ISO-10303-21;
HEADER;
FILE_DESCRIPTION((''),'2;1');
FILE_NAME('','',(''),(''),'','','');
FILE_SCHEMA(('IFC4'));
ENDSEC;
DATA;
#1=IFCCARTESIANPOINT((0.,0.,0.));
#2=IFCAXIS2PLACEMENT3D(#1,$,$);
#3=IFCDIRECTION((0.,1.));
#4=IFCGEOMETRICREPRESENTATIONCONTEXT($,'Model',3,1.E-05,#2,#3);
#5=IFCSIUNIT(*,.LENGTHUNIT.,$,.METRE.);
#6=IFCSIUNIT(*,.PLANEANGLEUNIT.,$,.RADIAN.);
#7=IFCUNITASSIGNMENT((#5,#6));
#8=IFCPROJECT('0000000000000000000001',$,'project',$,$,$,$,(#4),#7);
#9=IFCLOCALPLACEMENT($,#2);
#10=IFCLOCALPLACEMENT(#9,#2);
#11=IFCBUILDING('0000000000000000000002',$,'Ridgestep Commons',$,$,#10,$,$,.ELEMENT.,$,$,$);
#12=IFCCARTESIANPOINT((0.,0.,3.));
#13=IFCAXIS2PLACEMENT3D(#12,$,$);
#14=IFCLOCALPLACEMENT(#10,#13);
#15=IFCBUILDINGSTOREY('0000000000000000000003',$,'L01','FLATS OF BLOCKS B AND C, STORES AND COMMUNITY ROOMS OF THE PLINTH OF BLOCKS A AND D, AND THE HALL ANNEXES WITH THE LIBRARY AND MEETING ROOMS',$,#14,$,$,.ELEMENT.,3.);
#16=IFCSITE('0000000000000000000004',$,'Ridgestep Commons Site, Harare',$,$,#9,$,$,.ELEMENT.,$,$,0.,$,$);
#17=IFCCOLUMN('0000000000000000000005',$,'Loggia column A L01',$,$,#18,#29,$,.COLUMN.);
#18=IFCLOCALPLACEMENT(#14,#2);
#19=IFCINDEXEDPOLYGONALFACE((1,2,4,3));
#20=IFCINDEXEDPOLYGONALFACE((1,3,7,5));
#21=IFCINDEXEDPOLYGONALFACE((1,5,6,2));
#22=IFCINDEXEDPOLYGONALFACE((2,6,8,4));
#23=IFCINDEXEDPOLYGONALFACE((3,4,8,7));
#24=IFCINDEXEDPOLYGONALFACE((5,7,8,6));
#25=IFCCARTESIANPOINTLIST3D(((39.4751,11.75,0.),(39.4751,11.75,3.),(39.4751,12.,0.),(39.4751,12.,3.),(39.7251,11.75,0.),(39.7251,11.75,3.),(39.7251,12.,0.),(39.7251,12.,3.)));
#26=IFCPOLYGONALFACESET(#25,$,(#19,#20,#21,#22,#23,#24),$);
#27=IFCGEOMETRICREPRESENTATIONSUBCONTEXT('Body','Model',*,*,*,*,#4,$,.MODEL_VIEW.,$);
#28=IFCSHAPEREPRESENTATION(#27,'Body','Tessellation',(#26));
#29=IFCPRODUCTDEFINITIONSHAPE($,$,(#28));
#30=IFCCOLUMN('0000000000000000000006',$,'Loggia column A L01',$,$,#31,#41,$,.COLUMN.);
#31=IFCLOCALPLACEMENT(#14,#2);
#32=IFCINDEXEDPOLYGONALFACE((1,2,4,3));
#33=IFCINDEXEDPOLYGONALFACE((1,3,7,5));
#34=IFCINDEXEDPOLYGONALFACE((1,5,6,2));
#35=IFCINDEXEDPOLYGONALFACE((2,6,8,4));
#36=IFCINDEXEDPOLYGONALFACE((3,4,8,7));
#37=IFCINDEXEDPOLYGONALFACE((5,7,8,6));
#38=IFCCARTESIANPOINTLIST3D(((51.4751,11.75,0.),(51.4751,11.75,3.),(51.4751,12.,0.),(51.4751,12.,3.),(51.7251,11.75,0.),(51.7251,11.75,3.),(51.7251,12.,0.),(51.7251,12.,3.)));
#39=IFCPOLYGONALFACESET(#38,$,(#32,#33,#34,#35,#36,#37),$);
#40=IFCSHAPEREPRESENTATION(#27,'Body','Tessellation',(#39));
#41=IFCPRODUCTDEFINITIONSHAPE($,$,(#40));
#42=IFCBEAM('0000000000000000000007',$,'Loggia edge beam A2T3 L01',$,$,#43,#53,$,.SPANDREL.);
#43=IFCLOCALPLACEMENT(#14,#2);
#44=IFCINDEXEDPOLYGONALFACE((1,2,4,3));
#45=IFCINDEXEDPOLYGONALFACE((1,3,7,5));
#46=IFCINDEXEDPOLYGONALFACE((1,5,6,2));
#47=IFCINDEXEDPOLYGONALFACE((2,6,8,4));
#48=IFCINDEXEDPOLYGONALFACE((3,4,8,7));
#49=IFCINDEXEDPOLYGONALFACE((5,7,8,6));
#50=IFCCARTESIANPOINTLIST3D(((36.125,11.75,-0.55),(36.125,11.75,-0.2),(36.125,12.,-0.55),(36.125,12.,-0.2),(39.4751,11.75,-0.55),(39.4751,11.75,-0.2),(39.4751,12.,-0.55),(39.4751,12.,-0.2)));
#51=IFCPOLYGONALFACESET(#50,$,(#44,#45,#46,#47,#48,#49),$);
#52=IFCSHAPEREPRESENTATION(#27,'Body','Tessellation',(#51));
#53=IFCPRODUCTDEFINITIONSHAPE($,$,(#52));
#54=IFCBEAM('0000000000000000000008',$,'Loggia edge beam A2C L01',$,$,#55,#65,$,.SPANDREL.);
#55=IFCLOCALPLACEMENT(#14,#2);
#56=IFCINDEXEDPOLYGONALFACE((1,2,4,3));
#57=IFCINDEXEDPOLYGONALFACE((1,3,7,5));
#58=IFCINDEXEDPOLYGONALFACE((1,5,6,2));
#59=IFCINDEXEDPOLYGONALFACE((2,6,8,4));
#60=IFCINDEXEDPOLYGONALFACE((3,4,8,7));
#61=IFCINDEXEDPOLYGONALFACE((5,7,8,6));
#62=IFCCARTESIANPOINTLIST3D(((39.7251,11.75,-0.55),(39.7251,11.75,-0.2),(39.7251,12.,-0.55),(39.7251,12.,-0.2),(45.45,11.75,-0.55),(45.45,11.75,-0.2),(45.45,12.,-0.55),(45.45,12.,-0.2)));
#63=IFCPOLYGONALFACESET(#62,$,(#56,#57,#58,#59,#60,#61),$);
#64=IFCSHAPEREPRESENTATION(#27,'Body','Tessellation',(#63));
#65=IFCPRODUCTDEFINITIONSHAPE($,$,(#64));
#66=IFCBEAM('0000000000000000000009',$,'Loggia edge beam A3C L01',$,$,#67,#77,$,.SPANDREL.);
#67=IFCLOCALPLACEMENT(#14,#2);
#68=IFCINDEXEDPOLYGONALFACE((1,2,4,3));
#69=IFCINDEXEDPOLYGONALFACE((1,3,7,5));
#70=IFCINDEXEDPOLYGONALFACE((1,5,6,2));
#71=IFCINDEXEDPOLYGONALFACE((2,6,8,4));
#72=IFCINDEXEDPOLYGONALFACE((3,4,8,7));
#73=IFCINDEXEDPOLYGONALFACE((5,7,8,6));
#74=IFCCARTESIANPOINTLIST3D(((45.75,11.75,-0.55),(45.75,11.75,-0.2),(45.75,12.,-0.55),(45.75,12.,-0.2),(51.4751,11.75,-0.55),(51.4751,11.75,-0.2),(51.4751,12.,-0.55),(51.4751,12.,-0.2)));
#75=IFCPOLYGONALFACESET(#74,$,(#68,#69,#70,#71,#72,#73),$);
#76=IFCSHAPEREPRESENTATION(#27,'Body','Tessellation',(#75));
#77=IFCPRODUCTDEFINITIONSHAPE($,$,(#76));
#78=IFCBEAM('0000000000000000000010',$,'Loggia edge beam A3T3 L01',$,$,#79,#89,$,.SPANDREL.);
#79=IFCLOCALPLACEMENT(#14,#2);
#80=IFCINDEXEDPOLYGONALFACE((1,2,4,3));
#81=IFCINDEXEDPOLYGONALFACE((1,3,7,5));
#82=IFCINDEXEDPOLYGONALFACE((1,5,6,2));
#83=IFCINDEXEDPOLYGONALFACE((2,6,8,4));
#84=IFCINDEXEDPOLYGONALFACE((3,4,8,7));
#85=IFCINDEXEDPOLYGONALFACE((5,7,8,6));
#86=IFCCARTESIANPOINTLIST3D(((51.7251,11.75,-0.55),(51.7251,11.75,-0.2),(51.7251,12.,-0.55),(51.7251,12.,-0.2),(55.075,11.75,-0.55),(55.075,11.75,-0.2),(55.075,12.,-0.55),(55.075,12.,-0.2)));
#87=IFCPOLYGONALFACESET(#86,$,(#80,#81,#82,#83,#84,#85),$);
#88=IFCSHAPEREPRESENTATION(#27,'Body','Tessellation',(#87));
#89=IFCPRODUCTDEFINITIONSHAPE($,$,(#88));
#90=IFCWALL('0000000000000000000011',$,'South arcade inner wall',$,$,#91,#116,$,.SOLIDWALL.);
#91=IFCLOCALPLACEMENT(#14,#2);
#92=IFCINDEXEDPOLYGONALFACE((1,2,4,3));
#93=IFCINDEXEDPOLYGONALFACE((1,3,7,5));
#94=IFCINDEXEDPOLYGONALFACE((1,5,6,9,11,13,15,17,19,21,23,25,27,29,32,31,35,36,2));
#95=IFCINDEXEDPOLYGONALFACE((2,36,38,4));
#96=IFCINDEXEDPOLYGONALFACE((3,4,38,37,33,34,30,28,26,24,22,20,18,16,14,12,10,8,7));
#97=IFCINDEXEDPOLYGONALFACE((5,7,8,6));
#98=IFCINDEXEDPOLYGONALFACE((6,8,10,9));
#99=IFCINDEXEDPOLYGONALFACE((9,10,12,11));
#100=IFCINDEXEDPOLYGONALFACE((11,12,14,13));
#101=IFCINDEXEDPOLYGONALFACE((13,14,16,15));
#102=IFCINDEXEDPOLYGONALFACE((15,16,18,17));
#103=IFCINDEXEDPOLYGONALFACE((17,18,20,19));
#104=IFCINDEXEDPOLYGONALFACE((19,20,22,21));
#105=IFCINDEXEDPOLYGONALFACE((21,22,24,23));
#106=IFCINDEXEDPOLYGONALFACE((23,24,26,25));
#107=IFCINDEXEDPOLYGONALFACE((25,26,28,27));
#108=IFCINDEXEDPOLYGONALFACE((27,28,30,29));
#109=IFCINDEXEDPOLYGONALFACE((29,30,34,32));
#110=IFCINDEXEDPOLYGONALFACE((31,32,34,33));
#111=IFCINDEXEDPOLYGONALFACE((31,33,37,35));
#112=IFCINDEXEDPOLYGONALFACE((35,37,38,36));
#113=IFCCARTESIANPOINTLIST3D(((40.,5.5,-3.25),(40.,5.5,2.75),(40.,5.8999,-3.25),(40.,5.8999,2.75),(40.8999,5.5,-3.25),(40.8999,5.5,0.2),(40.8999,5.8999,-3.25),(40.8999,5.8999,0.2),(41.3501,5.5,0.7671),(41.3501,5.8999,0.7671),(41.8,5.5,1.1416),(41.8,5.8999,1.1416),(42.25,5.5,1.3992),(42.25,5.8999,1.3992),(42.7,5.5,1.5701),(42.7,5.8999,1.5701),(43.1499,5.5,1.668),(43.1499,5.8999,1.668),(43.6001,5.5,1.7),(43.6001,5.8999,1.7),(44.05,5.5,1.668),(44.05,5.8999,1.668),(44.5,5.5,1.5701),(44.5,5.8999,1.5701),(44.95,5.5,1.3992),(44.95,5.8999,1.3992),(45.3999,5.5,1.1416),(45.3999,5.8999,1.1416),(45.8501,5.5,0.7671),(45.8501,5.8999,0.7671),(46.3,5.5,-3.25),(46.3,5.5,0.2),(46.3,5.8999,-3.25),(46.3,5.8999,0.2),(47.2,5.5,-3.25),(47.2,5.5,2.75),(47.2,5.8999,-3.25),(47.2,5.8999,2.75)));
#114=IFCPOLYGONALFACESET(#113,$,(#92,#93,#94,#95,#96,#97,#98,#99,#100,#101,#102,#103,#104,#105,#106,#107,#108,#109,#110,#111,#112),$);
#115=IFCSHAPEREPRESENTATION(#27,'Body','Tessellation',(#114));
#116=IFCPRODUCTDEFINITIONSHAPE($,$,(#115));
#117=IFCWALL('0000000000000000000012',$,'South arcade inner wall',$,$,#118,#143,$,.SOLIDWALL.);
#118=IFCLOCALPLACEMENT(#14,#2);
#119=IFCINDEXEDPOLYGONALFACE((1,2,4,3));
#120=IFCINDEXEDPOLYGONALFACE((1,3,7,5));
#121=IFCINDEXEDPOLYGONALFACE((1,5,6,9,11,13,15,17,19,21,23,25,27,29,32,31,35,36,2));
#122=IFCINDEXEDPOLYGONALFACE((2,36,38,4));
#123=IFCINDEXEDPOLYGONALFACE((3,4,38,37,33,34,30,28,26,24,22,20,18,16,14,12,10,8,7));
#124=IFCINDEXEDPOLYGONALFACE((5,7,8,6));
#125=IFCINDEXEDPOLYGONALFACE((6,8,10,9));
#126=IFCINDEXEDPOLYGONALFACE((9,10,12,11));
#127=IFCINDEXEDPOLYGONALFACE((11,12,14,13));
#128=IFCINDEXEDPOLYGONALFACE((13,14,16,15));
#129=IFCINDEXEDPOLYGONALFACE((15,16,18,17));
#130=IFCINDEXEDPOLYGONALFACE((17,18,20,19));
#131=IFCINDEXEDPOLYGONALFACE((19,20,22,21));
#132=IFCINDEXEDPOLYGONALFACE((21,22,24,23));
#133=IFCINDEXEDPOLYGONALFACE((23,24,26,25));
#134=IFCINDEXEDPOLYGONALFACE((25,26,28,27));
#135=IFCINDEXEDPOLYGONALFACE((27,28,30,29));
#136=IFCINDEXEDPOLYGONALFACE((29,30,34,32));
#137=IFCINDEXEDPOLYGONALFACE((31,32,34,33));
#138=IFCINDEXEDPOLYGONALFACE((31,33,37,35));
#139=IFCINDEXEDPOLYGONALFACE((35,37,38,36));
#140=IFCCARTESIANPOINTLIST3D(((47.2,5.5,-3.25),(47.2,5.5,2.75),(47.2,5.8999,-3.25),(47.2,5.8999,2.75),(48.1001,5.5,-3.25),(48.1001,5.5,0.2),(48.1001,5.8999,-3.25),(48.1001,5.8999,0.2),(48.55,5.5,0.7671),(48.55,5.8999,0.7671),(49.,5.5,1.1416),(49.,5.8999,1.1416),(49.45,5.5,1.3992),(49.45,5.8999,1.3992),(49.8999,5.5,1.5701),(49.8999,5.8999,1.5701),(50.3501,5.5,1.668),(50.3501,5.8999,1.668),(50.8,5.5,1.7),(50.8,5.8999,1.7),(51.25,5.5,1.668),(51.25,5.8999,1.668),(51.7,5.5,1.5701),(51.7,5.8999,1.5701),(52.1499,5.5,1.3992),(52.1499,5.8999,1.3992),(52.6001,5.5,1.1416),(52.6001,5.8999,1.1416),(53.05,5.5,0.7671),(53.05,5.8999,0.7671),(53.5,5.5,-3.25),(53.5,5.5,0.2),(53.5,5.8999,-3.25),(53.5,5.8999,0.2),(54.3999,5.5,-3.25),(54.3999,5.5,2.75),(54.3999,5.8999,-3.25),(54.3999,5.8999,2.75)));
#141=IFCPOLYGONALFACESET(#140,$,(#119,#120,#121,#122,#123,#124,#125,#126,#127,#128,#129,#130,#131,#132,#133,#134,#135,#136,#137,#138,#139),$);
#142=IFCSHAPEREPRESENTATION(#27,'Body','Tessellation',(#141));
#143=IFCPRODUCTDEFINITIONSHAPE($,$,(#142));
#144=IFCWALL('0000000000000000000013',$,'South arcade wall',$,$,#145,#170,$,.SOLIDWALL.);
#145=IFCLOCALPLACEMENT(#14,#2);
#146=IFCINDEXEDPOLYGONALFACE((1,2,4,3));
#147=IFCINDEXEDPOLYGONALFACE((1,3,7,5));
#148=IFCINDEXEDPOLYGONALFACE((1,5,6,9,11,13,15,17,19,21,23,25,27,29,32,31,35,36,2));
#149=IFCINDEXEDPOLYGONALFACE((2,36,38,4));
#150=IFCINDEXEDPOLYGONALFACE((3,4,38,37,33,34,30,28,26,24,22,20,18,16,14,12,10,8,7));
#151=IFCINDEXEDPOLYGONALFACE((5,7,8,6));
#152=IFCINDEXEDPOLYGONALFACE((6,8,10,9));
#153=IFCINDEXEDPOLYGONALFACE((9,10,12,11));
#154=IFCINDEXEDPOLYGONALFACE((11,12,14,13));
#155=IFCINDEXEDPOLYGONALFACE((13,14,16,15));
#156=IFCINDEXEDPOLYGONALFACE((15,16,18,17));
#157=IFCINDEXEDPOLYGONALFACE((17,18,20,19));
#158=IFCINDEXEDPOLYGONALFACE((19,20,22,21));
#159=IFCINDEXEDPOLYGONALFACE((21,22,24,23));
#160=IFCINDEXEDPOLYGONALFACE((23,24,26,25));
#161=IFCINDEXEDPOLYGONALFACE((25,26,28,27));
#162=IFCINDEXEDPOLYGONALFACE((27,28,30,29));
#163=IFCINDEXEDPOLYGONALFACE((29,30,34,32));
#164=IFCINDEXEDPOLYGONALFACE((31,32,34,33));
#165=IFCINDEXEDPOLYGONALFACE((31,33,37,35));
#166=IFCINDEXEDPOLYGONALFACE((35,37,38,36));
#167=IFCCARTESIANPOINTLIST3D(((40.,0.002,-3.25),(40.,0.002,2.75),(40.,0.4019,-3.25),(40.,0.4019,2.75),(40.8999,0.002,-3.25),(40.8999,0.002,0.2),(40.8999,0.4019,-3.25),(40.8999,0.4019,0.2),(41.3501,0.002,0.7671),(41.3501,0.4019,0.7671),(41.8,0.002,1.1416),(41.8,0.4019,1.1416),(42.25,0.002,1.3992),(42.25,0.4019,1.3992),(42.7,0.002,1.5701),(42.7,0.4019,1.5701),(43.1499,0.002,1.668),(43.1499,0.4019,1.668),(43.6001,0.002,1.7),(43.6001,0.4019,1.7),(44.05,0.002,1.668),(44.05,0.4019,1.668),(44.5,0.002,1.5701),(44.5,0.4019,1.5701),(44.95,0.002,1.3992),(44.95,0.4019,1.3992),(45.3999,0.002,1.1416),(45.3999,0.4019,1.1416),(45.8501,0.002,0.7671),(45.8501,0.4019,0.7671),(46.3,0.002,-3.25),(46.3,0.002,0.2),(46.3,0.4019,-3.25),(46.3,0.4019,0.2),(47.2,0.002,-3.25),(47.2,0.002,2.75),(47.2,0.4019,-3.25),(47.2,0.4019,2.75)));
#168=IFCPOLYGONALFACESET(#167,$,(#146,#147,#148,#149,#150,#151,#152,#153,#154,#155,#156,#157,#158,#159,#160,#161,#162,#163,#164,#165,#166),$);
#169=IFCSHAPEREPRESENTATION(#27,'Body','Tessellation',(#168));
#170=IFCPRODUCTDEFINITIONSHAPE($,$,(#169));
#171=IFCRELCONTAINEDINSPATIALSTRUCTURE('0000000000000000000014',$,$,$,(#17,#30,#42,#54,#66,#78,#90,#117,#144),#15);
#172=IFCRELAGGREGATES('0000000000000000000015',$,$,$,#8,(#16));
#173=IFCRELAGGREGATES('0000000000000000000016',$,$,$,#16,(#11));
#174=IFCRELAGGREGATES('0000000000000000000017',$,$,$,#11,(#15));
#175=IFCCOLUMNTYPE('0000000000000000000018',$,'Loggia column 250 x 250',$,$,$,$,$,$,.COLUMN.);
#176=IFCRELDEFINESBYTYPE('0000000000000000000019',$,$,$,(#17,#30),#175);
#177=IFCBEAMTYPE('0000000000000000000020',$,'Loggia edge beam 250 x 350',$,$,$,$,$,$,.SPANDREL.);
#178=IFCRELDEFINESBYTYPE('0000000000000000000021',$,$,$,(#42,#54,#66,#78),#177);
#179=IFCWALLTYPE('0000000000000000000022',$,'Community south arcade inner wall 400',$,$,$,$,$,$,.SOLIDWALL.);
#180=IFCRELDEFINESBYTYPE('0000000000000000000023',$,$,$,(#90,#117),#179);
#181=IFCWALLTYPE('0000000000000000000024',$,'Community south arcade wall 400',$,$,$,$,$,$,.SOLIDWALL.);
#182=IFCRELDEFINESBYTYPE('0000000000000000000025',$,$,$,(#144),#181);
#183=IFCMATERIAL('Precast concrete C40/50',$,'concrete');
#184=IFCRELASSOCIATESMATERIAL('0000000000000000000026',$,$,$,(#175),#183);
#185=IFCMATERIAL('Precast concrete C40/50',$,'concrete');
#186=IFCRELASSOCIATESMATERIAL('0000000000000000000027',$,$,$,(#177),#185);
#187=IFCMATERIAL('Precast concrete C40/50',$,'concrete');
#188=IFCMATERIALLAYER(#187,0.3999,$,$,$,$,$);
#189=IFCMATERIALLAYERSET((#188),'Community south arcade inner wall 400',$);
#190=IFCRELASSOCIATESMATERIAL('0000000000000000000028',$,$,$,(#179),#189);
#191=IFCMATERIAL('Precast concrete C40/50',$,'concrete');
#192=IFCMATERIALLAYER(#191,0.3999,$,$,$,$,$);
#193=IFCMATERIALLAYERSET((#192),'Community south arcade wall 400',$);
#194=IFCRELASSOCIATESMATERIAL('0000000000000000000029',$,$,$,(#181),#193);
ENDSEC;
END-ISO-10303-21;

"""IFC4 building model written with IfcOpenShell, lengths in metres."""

from ifc_helpers import new_model, si_unit, direction, frame, origin, origin_2d, place, context, subcontext, project, spatial, polyline, rectangle, outline, extrude, material, layer, layer_set, material_profile, profile_set, type_object, element, save


model = new_model("IFC4")

# Units and contexts
model_context = context("Model", 3, precision=1e-05, world=origin(), true_north=direction((0.0, 1.0)))
body_context = subcontext(model_context, "Body", "Model", "MODEL_VIEW")
ifc_project = project(units=[si_unit("LENGTHUNIT", "METRE"), si_unit("PLANEANGLEUNIT", "RADIAN")], contexts=[model_context])

# Site, building, storey
site_placement = place(None, origin())
site = spatial("IfcSite", under=ifc_project, at=site_placement, Name="Ridgestep Commons Site, Harare", CompositionType="ELEMENT", RefElevation=0.0)
building_placement = place(site_placement, origin())
building = spatial("IfcBuilding", under=site, at=building_placement, Name="Ridgestep Commons", CompositionType="ELEMENT")
storey_placement = place(building_placement, frame((0.0, 0.0, 3.0)))
storey = spatial("IfcBuildingStorey", under=building, at=storey_placement, Name="L01", Description="FLATS OF BLOCKS B AND C, STORES AND COMMUNITY ROOMS OF THE PLINTH OF BLOCKS A AND D, AND THE HALL ANNEXES WITH THE LIBRARY AND MEETING ROOMS", CompositionType="ELEMENT", Elevation=3.0)

# Columns
ifc_material_1 = material(Name="Precast concrete C40/50", Category="concrete")
ifc_material_profile_1 = material_profile(ifc_material_1, rectangle(XDim=0.25, YDim=0.25, at=origin_2d()), Name="PC 250x250")
ifc_profile_set_1 = profile_set([ifc_material_profile_1], Name="Precast concrete C40/50")
column_type = type_object("IfcColumnType", Name="Loggia column 250 x 250", PredefinedType="COLUMN", material=ifc_profile_set_1)
for number, where, z_axis, x_axis, name in (
    (1, (39.6001, 11.875, 0.0), (0.0, 0.0, 1.0), (1.0, 0.0, 0.0), "Loggia column A L01"),
    (2, (51.6001, 11.875, 0.0), (0.0, 0.0, 1.0), (1.0, 0.0, 0.0), "Loggia column A L01"),
):
    element("IfcColumn", number, at=place(storey_placement, frame(where, z_axis=z_axis, x_axis=x_axis)), inside=storey, type_object=column_type, Name=name, PredefinedType="COLUMN", context=body_context, shape_type="SweptSolid", body=[
        extrude(rectangle(XDim=0.25, YDim=0.25, at=origin_2d()), origin(), (0.0, 0.0, 1.0), 3.0),
    ])

# Beams
ifc_material_2 = material(Name="Precast concrete C40/50", Category="concrete")
ifc_material_profile_2 = material_profile(ifc_material_2, rectangle(XDim=0.25, YDim=0.3501, at=origin_2d()), Name="PC 250x350")
ifc_profile_set_2 = profile_set([ifc_material_profile_2], Name="Precast concrete C40/50")
beam_type = type_object("IfcBeamType", Name="Loggia edge beam 250 x 350", PredefinedType="SPANDREL", material=ifc_profile_set_2)
beam_1_placement = place(storey_placement, frame((36.125, 11.875, -0.375), z_axis=(1.0, 0.0, 0.0), x_axis=(0.0, 1.0, 0.0)))
element("IfcBeam", 3, at=beam_1_placement, inside=storey, type_object=beam_type, Name="Loggia edge beam A2T3 L01", PredefinedType="SPANDREL", context=body_context, shape_type="SweptSolid", body=[
    extrude(rectangle(XDim=0.25, YDim=0.3501, at=origin_2d()), origin(), (0.0, 0.0, 1.0), 3.3501),
])
beam_2_placement = place(storey_placement, frame((39.7251, 11.875, -0.375), z_axis=(1.0, 0.0, 0.0), x_axis=(0.0, 1.0, 0.0)))
element("IfcBeam", 4, at=beam_2_placement, inside=storey, type_object=beam_type, Name="Loggia edge beam A2C L01", PredefinedType="SPANDREL", context=body_context, shape_type="SweptSolid", body=[
    extrude(rectangle(XDim=0.25, YDim=0.3501, at=origin_2d()), origin(), (0.0, 0.0, 1.0), 5.7249),
])
beam_3_placement = place(storey_placement, frame((45.75, 11.875, -0.375), z_axis=(1.0, 0.0, 0.0), x_axis=(0.0, 1.0, 0.0)))
element("IfcBeam", 5, at=beam_3_placement, inside=storey, type_object=beam_type, Name="Loggia edge beam A3C L01", PredefinedType="SPANDREL", context=body_context, shape_type="SweptSolid", body=[
    extrude(rectangle(XDim=0.25, YDim=0.3501, at=origin_2d()), origin(), (0.0, 0.0, 1.0), 5.7251),
])
beam_4_placement = place(storey_placement, frame((51.7251, 11.875, -0.375), z_axis=(1.0, 0.0, 0.0), x_axis=(0.0, 1.0, 0.0)))
element("IfcBeam", 6, at=beam_4_placement, inside=storey, type_object=beam_type, Name="Loggia edge beam A3T3 L01", PredefinedType="SPANDREL", context=body_context, shape_type="SweptSolid", body=[
    extrude(rectangle(XDim=0.25, YDim=0.3501, at=origin_2d()), origin(), (0.0, 0.0, 1.0), 3.3499),
])

# Walls
ifc_material_3 = material(Name="Precast concrete C40/50", Category="concrete")
ifc_layer_1 = layer(ifc_material_3, 0.3999)
ifc_layer_set_1 = layer_set([ifc_layer_1], Name="Community south arcade inner wall 400")
wall_type_1 = type_object("IfcWallType", Name="Community south arcade inner wall 400", PredefinedType="SOLIDWALL", material=ifc_layer_set_1)
wall_1_placement = place(storey_placement, frame((40.0, 5.5, -3.25), z_axis=(0.0, -1.0, 0.0), x_axis=(1.0, 0.0, 0.0)))
element("IfcWall", 7, at=wall_1_placement, inside=storey, type_object=wall_type_1, Name="South arcade inner wall", PredefinedType="SOLIDWALL", context=body_context, shape_type="SweptSolid", body=[
    extrude(outline(polyline([(0.0, 0.0), (0.8999, 0.0), (0.8999, 3.45), (1.3501, 4.0171), (1.8, 4.3916), (2.25, 4.6492), (2.7, 4.8201), (3.1499, 4.918), (3.6001, 4.95), (4.05, 4.918), (4.5, 4.8201), (4.95, 4.6492), (5.3999, 4.3916), (5.8501, 4.0171), (6.3, 3.45), (6.3, 0.0), (7.2, 0.0), (7.2, 6.0), (0.0, 6.0), (0.0, 0.0)])), origin(), (0.0, 0.0, -1.0), 0.3999),
])
wall_2_placement = place(storey_placement, frame((47.2, 5.5, -3.25), z_axis=(0.0, -1.0, 0.0), x_axis=(1.0, 0.0, 0.0)))
element("IfcWall", 8, at=wall_2_placement, inside=storey, type_object=wall_type_1, Name="South arcade inner wall", PredefinedType="SOLIDWALL", context=body_context, shape_type="SweptSolid", body=[
    extrude(outline(polyline([(0.0, 0.0), (0.9001, 0.0), (0.9001, 3.45), (1.3501, 4.0171), (1.8, 4.3916), (2.25, 4.6492), (2.7, 4.8201), (3.1501, 4.918), (3.6001, 4.95), (4.05, 4.918), (4.5, 4.8201), (4.95, 4.6492), (5.4001, 4.3916), (5.8501, 4.0171), (6.3, 3.45), (6.3, 0.0), (7.2, 0.0), (7.2, 6.0), (0.0, 6.0), (0.0, 0.0)])), origin(), (0.0, 0.0, -1.0), 0.3999),
])
ifc_material_4 = material(Name="Precast concrete C40/50", Category="concrete")
ifc_layer_2 = layer(ifc_material_4, 0.3999)
ifc_layer_set_2 = layer_set([ifc_layer_2], Name="Community south arcade wall 400")
wall_type_2 = type_object("IfcWallType", Name="Community south arcade wall 400", PredefinedType="SOLIDWALL", material=ifc_layer_set_2)
wall_3_placement = place(storey_placement, frame((40.0, 0.002, -3.25), z_axis=(0.0, -1.0, 0.0), x_axis=(1.0, 0.0, 0.0)))
element("IfcWall", 9, at=wall_3_placement, inside=storey, type_object=wall_type_2, Name="South arcade wall", PredefinedType="SOLIDWALL", context=body_context, shape_type="SweptSolid", body=[
    extrude(outline(polyline([(0.0, 0.0), (0.8999, 0.0), (0.8999, 3.45), (1.3501, 4.0171), (1.8, 4.3916), (2.25, 4.6492), (2.7, 4.8201), (3.1499, 4.918), (3.6001, 4.95), (4.05, 4.918), (4.5, 4.8201), (4.95, 4.6492), (5.3999, 4.3916), (5.8501, 4.0171), (6.3, 3.45), (6.3, 0.0), (7.2, 0.0), (7.2, 6.0), (0.0, 6.0), (0.0, 0.0)])), origin(), (0.0, 0.0, -1.0), 0.3999),
])

save(model, "model.ifc")
